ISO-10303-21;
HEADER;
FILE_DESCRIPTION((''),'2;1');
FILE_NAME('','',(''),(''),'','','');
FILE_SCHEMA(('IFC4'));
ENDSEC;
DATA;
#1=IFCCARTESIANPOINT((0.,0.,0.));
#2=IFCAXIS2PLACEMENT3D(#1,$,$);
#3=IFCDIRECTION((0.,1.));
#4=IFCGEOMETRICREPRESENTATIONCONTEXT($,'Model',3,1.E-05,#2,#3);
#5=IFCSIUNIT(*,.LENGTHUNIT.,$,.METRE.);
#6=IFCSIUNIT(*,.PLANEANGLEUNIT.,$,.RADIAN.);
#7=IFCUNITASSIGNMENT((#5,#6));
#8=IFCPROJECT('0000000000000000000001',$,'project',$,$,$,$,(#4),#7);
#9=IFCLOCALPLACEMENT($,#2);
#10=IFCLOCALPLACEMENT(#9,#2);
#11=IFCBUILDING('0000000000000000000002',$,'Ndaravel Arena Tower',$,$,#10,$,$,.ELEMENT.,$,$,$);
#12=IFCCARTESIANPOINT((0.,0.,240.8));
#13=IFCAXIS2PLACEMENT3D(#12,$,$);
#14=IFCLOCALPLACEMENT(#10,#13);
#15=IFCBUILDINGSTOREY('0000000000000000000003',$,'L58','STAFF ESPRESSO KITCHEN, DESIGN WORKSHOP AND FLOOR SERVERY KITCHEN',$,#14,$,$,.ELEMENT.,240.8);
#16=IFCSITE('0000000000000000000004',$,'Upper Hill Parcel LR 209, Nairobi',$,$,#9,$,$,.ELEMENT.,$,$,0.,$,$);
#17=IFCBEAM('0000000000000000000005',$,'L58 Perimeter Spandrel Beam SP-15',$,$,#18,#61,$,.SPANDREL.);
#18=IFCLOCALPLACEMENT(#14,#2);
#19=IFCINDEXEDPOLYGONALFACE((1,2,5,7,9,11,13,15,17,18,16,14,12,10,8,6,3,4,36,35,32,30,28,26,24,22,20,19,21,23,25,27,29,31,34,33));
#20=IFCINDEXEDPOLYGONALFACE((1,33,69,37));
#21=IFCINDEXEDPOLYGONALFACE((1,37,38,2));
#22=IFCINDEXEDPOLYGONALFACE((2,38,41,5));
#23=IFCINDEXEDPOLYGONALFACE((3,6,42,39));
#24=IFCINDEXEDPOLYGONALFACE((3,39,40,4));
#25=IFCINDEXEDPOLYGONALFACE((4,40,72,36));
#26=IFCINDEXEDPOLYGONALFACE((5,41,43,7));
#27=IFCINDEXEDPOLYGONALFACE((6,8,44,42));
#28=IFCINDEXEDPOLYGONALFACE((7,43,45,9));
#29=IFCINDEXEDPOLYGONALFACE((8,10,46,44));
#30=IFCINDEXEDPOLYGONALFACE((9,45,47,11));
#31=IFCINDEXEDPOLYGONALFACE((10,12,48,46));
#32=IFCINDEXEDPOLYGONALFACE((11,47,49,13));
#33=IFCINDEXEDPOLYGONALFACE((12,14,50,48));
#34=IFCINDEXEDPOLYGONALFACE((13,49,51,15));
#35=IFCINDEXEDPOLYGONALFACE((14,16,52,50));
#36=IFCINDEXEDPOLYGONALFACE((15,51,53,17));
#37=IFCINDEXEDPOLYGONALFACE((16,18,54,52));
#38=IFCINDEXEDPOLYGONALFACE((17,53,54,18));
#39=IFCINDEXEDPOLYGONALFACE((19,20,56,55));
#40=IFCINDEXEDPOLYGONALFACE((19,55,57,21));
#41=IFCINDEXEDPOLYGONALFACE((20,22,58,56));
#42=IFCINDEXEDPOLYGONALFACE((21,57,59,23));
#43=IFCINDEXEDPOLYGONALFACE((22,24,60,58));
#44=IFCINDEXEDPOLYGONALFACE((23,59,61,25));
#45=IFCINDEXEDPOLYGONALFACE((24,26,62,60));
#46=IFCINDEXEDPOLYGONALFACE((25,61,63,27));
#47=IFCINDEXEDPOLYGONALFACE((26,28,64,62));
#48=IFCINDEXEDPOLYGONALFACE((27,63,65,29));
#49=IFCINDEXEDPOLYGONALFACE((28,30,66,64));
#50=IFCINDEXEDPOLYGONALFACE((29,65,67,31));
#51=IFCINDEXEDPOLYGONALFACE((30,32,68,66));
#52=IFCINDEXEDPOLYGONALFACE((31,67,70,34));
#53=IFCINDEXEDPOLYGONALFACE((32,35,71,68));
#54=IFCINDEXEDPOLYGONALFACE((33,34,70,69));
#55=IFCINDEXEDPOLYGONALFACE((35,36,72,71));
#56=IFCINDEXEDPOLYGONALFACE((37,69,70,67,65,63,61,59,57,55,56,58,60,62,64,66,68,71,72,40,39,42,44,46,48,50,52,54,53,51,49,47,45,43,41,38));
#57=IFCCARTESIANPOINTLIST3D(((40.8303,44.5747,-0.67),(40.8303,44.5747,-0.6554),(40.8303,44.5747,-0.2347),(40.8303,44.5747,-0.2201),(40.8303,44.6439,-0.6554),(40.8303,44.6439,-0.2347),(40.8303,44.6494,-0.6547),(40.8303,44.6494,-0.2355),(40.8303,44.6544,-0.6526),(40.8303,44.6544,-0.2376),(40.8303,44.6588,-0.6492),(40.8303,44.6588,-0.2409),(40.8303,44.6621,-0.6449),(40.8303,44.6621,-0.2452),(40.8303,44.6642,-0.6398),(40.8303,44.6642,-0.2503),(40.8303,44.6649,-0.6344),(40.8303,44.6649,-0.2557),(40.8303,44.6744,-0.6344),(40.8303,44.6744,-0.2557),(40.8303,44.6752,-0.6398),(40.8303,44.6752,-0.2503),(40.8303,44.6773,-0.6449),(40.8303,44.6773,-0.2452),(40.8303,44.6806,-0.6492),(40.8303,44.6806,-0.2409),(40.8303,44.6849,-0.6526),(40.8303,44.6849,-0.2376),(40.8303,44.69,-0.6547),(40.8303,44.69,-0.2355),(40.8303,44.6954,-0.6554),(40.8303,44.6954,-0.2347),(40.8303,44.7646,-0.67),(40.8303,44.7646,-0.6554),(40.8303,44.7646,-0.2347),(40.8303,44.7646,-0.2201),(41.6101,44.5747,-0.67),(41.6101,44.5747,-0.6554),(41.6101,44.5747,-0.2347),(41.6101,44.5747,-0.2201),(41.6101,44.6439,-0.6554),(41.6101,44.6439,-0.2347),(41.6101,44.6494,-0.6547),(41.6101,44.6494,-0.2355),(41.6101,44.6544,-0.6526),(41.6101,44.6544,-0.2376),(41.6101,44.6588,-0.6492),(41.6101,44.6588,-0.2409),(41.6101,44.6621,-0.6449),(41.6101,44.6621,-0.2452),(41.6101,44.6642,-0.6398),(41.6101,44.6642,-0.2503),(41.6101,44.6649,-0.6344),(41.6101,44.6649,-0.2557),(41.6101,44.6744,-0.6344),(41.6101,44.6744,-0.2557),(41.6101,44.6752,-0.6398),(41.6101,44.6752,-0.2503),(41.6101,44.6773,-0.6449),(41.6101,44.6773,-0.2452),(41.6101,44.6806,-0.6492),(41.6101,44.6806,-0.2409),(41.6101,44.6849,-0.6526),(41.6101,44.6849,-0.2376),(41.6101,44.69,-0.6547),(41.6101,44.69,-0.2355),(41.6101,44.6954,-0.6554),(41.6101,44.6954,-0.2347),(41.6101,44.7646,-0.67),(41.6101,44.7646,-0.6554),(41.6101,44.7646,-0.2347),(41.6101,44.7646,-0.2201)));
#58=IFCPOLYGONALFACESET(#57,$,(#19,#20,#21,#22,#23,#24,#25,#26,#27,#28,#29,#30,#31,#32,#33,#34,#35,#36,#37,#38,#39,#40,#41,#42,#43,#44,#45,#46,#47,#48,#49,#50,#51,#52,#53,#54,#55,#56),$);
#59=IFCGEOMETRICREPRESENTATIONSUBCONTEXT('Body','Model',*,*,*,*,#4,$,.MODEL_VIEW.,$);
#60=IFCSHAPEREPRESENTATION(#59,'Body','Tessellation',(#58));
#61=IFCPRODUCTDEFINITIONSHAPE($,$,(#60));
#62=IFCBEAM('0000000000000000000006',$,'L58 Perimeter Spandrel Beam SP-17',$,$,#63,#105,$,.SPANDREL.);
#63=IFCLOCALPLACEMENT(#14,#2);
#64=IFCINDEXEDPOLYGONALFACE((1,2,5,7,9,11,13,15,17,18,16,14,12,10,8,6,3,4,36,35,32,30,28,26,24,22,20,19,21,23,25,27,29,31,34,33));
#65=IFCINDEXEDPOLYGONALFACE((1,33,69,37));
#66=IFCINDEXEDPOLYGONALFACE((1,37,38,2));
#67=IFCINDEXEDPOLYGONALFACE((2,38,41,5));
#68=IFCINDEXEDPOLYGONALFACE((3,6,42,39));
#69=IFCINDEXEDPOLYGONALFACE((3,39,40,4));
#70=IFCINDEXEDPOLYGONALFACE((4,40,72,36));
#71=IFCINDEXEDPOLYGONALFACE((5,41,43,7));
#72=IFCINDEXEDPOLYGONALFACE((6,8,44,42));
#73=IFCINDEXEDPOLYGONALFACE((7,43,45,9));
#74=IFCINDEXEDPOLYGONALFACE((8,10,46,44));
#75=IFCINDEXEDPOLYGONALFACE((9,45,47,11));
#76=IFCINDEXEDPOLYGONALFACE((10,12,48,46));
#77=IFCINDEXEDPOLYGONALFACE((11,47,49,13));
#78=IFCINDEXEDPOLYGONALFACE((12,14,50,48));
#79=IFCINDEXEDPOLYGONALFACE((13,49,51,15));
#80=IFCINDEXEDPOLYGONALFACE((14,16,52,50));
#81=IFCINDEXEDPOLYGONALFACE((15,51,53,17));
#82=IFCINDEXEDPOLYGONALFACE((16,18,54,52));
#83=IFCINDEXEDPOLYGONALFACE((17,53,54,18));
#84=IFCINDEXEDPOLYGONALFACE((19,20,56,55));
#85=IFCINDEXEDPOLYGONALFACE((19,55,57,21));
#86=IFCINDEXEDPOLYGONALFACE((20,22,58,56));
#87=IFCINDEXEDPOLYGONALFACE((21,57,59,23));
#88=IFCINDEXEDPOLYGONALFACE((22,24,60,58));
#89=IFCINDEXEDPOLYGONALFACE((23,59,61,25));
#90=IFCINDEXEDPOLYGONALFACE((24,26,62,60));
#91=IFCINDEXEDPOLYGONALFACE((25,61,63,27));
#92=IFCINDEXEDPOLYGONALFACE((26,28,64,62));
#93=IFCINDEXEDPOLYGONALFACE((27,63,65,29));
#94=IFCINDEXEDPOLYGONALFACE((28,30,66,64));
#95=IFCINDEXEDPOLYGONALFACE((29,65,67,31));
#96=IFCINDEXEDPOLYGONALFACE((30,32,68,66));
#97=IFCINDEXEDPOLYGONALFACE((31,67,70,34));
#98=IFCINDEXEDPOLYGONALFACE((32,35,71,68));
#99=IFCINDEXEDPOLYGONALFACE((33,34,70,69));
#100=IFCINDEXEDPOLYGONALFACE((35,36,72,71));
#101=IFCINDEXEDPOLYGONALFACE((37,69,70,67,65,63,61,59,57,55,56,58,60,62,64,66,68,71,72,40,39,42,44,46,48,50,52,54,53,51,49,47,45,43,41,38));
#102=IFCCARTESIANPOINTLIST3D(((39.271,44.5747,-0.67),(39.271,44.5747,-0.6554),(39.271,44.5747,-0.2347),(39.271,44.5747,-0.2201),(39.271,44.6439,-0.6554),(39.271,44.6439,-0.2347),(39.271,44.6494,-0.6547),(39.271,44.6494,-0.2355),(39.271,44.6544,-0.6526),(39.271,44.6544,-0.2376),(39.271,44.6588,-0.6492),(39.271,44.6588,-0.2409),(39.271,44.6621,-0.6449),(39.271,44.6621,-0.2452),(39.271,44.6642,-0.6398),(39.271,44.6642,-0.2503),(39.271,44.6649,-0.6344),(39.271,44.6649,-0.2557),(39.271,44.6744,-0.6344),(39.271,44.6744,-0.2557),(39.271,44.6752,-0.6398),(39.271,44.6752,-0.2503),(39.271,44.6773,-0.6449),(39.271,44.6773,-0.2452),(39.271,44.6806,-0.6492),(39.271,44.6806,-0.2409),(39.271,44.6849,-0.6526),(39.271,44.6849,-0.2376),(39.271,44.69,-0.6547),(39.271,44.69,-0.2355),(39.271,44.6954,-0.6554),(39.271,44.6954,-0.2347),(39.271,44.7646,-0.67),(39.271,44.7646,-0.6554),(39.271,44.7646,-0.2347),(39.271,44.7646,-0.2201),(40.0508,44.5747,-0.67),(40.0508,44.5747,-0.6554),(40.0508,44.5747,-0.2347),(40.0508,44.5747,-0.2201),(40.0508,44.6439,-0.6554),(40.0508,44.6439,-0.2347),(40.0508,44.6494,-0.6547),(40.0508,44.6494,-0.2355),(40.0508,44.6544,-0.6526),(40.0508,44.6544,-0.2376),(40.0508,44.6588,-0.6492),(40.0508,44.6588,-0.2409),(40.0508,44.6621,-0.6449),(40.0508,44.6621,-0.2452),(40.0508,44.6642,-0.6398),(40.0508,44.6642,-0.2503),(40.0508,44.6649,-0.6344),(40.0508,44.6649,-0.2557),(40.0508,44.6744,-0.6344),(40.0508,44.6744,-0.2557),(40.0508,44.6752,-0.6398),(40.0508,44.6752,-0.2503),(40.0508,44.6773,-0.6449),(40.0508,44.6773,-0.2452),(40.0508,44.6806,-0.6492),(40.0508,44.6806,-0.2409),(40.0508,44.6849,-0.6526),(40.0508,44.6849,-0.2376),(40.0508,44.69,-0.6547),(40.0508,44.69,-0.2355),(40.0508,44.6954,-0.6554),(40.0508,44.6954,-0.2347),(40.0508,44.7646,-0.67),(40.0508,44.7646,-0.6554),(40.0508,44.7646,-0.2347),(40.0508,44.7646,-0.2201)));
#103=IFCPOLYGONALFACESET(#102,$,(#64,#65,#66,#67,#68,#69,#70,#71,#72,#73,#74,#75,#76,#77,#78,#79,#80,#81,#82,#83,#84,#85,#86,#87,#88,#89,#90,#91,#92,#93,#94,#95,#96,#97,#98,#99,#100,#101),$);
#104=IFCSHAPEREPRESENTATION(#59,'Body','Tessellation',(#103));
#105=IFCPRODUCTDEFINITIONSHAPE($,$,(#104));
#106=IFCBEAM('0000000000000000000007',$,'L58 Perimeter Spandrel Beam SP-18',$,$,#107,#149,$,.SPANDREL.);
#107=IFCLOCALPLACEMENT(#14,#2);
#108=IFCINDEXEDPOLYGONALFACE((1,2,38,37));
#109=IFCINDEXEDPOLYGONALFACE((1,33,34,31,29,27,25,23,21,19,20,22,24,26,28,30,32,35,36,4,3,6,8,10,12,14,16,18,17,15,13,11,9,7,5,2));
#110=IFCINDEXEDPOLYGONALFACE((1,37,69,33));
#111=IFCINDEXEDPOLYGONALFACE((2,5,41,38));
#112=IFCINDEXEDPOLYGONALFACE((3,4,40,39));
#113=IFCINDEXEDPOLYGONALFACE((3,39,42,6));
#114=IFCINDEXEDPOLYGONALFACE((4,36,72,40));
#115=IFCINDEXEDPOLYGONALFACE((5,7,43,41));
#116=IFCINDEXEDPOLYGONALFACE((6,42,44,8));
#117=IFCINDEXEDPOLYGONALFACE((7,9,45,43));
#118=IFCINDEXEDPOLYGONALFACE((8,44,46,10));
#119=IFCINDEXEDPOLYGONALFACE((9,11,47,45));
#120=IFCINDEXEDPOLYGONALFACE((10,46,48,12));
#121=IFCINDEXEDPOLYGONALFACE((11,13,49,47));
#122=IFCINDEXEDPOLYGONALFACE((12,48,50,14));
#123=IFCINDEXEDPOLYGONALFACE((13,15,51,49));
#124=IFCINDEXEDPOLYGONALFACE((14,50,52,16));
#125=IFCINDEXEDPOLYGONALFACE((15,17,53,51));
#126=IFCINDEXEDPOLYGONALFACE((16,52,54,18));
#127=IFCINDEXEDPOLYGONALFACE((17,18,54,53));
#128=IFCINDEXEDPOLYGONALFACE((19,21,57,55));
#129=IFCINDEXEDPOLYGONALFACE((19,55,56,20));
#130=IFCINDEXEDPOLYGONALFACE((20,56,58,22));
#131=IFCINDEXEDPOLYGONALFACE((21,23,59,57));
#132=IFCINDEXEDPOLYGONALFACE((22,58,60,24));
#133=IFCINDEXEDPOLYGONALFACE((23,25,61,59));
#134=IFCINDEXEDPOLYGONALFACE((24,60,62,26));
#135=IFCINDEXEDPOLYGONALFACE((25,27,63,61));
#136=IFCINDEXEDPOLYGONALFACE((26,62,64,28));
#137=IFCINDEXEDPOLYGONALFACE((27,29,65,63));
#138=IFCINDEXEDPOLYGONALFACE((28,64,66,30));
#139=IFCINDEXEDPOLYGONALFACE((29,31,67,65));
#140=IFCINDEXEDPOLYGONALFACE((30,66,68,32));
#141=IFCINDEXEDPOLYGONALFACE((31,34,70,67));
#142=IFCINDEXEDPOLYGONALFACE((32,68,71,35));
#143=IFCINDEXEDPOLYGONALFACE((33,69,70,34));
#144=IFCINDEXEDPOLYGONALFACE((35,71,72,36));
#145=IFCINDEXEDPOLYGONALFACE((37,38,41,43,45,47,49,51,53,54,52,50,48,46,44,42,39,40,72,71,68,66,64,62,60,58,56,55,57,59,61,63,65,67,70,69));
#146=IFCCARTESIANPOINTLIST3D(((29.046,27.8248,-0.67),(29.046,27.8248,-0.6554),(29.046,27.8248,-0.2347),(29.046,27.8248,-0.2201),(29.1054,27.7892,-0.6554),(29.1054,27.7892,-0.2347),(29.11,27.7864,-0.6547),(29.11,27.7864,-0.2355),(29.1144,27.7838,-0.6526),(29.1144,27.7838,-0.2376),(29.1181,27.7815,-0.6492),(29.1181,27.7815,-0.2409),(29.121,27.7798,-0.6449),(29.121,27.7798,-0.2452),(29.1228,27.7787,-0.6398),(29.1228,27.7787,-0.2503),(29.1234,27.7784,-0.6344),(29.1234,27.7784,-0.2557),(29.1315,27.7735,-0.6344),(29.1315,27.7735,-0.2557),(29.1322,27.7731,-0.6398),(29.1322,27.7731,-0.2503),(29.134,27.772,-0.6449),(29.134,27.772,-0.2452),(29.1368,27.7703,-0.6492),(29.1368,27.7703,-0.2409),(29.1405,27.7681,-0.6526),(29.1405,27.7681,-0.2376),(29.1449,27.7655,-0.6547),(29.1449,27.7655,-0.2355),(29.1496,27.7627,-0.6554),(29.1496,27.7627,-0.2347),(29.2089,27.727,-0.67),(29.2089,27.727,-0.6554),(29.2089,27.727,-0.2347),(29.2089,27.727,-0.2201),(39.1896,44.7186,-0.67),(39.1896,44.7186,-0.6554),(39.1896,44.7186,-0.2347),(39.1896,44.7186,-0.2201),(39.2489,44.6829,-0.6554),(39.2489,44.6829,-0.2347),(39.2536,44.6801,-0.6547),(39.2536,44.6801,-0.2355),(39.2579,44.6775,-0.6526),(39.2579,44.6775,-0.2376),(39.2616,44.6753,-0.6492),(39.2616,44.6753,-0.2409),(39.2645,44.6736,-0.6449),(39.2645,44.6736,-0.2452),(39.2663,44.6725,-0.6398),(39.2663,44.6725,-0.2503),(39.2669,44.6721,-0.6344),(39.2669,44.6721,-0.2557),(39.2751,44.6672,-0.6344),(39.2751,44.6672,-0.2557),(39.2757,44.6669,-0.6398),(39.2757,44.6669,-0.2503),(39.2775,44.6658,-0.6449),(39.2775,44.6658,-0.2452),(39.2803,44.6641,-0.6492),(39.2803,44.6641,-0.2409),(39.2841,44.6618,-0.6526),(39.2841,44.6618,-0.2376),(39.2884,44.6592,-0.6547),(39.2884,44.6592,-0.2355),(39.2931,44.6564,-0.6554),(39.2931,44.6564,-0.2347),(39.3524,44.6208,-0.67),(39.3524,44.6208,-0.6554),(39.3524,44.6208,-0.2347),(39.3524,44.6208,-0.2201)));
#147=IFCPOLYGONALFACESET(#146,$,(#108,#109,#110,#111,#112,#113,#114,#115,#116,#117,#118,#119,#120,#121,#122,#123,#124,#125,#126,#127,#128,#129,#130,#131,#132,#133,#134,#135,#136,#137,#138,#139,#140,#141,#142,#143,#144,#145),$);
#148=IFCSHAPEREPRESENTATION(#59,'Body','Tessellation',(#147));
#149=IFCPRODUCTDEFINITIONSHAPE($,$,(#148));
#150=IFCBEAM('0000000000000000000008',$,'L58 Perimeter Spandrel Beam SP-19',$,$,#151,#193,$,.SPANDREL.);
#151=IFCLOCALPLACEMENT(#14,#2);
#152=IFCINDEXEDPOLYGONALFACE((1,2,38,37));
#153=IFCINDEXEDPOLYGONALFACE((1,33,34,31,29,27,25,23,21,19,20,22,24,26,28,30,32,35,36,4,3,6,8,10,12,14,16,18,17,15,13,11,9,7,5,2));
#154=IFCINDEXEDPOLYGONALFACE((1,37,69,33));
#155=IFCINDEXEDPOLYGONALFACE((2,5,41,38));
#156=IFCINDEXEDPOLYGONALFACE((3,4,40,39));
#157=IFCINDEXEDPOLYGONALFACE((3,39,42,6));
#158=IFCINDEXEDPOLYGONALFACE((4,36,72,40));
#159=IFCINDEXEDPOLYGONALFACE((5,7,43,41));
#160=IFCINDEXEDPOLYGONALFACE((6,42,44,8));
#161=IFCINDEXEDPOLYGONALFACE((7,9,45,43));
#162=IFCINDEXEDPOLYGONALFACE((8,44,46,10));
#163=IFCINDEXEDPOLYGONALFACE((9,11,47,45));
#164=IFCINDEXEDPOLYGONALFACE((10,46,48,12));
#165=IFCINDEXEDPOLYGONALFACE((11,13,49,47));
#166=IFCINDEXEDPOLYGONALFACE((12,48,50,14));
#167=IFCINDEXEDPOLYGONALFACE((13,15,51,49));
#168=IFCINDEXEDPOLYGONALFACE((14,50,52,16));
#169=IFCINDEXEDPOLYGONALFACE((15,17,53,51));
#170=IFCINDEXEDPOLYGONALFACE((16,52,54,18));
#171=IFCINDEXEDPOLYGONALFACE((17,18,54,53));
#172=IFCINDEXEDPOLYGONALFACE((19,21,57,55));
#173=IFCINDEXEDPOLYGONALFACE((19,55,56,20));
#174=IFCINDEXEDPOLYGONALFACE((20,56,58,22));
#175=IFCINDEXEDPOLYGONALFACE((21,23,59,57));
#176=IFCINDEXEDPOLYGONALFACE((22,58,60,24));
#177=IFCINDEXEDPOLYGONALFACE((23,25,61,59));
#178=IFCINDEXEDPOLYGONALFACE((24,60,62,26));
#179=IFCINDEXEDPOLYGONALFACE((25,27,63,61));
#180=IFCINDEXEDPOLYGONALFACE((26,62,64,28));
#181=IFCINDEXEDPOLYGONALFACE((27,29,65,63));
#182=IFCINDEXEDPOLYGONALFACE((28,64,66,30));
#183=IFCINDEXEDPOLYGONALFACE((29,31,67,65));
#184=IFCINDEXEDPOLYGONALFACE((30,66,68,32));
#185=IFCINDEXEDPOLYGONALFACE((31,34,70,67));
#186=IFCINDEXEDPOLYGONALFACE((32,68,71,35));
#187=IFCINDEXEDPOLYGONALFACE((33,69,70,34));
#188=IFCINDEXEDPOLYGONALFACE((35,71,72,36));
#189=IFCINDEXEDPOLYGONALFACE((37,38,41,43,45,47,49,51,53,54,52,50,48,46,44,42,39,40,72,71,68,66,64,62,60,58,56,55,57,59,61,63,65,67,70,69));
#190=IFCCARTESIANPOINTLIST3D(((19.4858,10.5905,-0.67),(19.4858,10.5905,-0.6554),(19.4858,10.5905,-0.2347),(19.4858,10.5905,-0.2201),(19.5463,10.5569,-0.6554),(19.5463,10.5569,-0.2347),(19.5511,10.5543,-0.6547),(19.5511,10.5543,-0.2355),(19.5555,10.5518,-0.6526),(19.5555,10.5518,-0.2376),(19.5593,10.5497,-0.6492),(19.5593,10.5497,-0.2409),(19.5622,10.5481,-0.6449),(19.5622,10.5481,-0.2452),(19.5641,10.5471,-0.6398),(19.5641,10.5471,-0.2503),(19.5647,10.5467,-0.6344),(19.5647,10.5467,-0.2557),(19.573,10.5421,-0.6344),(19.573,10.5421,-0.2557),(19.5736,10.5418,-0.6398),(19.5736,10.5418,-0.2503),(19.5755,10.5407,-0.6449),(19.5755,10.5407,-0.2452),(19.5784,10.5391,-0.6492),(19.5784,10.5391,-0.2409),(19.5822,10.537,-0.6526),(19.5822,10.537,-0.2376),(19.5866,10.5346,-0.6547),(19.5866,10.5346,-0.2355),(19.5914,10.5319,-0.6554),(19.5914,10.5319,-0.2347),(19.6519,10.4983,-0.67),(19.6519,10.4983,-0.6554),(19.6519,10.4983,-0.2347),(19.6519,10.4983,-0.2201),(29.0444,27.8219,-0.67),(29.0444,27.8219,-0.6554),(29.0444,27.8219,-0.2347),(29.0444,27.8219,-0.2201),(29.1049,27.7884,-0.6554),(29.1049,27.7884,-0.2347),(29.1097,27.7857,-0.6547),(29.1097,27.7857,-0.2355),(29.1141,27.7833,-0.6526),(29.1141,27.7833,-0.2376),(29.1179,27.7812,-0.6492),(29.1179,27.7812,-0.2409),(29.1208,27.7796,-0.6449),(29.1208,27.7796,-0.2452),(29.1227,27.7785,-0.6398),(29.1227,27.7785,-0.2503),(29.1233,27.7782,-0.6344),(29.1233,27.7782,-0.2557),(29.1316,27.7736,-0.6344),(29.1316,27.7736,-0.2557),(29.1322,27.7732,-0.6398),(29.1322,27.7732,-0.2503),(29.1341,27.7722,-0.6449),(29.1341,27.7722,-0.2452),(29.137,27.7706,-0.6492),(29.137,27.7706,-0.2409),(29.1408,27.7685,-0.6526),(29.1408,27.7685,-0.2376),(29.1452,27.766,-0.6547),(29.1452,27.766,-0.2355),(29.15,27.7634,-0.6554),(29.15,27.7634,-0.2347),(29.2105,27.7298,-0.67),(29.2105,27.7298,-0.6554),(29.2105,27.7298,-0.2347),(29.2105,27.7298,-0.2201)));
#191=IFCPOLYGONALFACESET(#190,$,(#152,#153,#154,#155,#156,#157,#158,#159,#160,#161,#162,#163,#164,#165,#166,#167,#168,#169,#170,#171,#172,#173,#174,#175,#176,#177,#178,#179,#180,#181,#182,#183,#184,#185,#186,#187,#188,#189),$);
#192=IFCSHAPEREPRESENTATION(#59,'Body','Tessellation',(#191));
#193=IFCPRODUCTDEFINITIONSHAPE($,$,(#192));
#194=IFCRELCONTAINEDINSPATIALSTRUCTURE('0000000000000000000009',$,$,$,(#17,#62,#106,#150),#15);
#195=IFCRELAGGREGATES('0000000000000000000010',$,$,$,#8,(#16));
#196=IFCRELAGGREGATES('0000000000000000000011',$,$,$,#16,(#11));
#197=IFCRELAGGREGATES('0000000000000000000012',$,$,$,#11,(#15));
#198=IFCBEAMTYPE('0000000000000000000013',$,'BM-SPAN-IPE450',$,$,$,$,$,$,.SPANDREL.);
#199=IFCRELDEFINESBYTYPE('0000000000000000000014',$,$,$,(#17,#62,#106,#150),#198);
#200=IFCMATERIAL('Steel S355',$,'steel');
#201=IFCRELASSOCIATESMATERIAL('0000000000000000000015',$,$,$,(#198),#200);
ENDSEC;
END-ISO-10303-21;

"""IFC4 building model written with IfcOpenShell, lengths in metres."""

from ifc_helpers import new_model, si_unit, direction, frame, origin, origin_2d, place, context, subcontext, project, spatial, i_section, extrude, material, material_profile, profile_set, type_object, element, save


model = new_model("IFC4")

# Units and contexts
model_context = context("Model", 3, precision=1e-05, world=origin(), true_north=direction((0.0, 1.0)))
body_context = subcontext(model_context, "Body", "Model", "MODEL_VIEW")
ifc_project = project(units=[si_unit("LENGTHUNIT", "METRE"), si_unit("PLANEANGLEUNIT", "RADIAN")], contexts=[model_context])

# Site, building, storey
site_placement = place(None, origin())
site = spatial("IfcSite", under=ifc_project, at=site_placement, Name="Upper Hill Parcel LR 209, Nairobi", CompositionType="ELEMENT", RefElevation=0.0)
building_placement = place(site_placement, origin())
building = spatial("IfcBuilding", under=site, at=building_placement, Name="Ndaravel Arena Tower", CompositionType="ELEMENT")
storey_placement = place(building_placement, frame((0.0, 0.0, 240.8)))
storey = spatial("IfcBuildingStorey", under=building, at=storey_placement, Name="L58", Description="STAFF ESPRESSO KITCHEN, DESIGN WORKSHOP AND FLOOR SERVERY KITCHEN", CompositionType="ELEMENT", Elevation=240.8)

# Beams
ifc_material_1 = material(Name="Steel S355", Category="steel")
ifc_material_profile_1 = material_profile(ifc_material_1, i_section(OverallWidth=0.1899, OverallDepth=0.45, WebThickness=0.0095, FlangeThickness=0.0146, FilletRadius=0.021, at=origin_2d()), Name="IPE 450")
ifc_profile_set_1 = profile_set([ifc_material_profile_1], Name="Steel S355")
beam_type_1 = type_object("IfcBeamType", Name="BM-SPAN-IPE450", PredefinedType="SPANDREL", material=ifc_profile_set_1)
for number, where, z_axis, x_axis, name in (
    (1, (41.6101, 44.6697, -0.4451), (-1.0, 0.0, 0.0), (0.0, -1.0, 0.0), "L58 Perimeter Spandrel Beam SP-15"),
    (2, (40.0508, 44.6697, -0.4451), (-1.0, 0.0, 0.0), (0.0, -1.0, 0.0), "L58 Perimeter Spandrel Beam SP-17"),
):
    element("IfcBeam", number, at=place(storey_placement, frame(where, z_axis=z_axis, x_axis=x_axis)), inside=storey, type_object=beam_type_1, Name=name, PredefinedType="SPANDREL", context=body_context, shape_type="SweptSolid", body=[
        extrude(i_section(OverallWidth=0.1899, OverallDepth=0.45, WebThickness=0.0095, FlangeThickness=0.0146, FilletRadius=0.021, at=origin_2d()), origin(), (0.0, 0.0, 1.0), 0.7798),
    ])
for number, where, z_axis, x_axis, name in (
    (3, (39.271, 44.6697, -0.4451), (-0.514767, -0.85733, 0.0), (0.85733, -0.514767, 0.0), "L58 Perimeter Spandrel Beam SP-18"),
    (4, (29.1274, 27.7759, -0.4451), (-0.485083, -0.874468, 0.0), (0.874468, -0.485083, 0.0), "L58 Perimeter Spandrel Beam SP-19"),
):
    element("IfcBeam", number, at=place(storey_placement, frame(where, z_axis=z_axis, x_axis=x_axis)), inside=storey, type_object=beam_type_1, Name=name, PredefinedType="SPANDREL", context=body_context, shape_type="SweptSolid", body=[
        extrude(i_section(OverallWidth=0.1899, OverallDepth=0.45, WebThickness=0.0095, FlangeThickness=0.0146, FilletRadius=0.021, at=origin_2d()), origin(), (0.0, 0.0, 1.0), 19.7051),
    ])

save(model, "model.ifc")
